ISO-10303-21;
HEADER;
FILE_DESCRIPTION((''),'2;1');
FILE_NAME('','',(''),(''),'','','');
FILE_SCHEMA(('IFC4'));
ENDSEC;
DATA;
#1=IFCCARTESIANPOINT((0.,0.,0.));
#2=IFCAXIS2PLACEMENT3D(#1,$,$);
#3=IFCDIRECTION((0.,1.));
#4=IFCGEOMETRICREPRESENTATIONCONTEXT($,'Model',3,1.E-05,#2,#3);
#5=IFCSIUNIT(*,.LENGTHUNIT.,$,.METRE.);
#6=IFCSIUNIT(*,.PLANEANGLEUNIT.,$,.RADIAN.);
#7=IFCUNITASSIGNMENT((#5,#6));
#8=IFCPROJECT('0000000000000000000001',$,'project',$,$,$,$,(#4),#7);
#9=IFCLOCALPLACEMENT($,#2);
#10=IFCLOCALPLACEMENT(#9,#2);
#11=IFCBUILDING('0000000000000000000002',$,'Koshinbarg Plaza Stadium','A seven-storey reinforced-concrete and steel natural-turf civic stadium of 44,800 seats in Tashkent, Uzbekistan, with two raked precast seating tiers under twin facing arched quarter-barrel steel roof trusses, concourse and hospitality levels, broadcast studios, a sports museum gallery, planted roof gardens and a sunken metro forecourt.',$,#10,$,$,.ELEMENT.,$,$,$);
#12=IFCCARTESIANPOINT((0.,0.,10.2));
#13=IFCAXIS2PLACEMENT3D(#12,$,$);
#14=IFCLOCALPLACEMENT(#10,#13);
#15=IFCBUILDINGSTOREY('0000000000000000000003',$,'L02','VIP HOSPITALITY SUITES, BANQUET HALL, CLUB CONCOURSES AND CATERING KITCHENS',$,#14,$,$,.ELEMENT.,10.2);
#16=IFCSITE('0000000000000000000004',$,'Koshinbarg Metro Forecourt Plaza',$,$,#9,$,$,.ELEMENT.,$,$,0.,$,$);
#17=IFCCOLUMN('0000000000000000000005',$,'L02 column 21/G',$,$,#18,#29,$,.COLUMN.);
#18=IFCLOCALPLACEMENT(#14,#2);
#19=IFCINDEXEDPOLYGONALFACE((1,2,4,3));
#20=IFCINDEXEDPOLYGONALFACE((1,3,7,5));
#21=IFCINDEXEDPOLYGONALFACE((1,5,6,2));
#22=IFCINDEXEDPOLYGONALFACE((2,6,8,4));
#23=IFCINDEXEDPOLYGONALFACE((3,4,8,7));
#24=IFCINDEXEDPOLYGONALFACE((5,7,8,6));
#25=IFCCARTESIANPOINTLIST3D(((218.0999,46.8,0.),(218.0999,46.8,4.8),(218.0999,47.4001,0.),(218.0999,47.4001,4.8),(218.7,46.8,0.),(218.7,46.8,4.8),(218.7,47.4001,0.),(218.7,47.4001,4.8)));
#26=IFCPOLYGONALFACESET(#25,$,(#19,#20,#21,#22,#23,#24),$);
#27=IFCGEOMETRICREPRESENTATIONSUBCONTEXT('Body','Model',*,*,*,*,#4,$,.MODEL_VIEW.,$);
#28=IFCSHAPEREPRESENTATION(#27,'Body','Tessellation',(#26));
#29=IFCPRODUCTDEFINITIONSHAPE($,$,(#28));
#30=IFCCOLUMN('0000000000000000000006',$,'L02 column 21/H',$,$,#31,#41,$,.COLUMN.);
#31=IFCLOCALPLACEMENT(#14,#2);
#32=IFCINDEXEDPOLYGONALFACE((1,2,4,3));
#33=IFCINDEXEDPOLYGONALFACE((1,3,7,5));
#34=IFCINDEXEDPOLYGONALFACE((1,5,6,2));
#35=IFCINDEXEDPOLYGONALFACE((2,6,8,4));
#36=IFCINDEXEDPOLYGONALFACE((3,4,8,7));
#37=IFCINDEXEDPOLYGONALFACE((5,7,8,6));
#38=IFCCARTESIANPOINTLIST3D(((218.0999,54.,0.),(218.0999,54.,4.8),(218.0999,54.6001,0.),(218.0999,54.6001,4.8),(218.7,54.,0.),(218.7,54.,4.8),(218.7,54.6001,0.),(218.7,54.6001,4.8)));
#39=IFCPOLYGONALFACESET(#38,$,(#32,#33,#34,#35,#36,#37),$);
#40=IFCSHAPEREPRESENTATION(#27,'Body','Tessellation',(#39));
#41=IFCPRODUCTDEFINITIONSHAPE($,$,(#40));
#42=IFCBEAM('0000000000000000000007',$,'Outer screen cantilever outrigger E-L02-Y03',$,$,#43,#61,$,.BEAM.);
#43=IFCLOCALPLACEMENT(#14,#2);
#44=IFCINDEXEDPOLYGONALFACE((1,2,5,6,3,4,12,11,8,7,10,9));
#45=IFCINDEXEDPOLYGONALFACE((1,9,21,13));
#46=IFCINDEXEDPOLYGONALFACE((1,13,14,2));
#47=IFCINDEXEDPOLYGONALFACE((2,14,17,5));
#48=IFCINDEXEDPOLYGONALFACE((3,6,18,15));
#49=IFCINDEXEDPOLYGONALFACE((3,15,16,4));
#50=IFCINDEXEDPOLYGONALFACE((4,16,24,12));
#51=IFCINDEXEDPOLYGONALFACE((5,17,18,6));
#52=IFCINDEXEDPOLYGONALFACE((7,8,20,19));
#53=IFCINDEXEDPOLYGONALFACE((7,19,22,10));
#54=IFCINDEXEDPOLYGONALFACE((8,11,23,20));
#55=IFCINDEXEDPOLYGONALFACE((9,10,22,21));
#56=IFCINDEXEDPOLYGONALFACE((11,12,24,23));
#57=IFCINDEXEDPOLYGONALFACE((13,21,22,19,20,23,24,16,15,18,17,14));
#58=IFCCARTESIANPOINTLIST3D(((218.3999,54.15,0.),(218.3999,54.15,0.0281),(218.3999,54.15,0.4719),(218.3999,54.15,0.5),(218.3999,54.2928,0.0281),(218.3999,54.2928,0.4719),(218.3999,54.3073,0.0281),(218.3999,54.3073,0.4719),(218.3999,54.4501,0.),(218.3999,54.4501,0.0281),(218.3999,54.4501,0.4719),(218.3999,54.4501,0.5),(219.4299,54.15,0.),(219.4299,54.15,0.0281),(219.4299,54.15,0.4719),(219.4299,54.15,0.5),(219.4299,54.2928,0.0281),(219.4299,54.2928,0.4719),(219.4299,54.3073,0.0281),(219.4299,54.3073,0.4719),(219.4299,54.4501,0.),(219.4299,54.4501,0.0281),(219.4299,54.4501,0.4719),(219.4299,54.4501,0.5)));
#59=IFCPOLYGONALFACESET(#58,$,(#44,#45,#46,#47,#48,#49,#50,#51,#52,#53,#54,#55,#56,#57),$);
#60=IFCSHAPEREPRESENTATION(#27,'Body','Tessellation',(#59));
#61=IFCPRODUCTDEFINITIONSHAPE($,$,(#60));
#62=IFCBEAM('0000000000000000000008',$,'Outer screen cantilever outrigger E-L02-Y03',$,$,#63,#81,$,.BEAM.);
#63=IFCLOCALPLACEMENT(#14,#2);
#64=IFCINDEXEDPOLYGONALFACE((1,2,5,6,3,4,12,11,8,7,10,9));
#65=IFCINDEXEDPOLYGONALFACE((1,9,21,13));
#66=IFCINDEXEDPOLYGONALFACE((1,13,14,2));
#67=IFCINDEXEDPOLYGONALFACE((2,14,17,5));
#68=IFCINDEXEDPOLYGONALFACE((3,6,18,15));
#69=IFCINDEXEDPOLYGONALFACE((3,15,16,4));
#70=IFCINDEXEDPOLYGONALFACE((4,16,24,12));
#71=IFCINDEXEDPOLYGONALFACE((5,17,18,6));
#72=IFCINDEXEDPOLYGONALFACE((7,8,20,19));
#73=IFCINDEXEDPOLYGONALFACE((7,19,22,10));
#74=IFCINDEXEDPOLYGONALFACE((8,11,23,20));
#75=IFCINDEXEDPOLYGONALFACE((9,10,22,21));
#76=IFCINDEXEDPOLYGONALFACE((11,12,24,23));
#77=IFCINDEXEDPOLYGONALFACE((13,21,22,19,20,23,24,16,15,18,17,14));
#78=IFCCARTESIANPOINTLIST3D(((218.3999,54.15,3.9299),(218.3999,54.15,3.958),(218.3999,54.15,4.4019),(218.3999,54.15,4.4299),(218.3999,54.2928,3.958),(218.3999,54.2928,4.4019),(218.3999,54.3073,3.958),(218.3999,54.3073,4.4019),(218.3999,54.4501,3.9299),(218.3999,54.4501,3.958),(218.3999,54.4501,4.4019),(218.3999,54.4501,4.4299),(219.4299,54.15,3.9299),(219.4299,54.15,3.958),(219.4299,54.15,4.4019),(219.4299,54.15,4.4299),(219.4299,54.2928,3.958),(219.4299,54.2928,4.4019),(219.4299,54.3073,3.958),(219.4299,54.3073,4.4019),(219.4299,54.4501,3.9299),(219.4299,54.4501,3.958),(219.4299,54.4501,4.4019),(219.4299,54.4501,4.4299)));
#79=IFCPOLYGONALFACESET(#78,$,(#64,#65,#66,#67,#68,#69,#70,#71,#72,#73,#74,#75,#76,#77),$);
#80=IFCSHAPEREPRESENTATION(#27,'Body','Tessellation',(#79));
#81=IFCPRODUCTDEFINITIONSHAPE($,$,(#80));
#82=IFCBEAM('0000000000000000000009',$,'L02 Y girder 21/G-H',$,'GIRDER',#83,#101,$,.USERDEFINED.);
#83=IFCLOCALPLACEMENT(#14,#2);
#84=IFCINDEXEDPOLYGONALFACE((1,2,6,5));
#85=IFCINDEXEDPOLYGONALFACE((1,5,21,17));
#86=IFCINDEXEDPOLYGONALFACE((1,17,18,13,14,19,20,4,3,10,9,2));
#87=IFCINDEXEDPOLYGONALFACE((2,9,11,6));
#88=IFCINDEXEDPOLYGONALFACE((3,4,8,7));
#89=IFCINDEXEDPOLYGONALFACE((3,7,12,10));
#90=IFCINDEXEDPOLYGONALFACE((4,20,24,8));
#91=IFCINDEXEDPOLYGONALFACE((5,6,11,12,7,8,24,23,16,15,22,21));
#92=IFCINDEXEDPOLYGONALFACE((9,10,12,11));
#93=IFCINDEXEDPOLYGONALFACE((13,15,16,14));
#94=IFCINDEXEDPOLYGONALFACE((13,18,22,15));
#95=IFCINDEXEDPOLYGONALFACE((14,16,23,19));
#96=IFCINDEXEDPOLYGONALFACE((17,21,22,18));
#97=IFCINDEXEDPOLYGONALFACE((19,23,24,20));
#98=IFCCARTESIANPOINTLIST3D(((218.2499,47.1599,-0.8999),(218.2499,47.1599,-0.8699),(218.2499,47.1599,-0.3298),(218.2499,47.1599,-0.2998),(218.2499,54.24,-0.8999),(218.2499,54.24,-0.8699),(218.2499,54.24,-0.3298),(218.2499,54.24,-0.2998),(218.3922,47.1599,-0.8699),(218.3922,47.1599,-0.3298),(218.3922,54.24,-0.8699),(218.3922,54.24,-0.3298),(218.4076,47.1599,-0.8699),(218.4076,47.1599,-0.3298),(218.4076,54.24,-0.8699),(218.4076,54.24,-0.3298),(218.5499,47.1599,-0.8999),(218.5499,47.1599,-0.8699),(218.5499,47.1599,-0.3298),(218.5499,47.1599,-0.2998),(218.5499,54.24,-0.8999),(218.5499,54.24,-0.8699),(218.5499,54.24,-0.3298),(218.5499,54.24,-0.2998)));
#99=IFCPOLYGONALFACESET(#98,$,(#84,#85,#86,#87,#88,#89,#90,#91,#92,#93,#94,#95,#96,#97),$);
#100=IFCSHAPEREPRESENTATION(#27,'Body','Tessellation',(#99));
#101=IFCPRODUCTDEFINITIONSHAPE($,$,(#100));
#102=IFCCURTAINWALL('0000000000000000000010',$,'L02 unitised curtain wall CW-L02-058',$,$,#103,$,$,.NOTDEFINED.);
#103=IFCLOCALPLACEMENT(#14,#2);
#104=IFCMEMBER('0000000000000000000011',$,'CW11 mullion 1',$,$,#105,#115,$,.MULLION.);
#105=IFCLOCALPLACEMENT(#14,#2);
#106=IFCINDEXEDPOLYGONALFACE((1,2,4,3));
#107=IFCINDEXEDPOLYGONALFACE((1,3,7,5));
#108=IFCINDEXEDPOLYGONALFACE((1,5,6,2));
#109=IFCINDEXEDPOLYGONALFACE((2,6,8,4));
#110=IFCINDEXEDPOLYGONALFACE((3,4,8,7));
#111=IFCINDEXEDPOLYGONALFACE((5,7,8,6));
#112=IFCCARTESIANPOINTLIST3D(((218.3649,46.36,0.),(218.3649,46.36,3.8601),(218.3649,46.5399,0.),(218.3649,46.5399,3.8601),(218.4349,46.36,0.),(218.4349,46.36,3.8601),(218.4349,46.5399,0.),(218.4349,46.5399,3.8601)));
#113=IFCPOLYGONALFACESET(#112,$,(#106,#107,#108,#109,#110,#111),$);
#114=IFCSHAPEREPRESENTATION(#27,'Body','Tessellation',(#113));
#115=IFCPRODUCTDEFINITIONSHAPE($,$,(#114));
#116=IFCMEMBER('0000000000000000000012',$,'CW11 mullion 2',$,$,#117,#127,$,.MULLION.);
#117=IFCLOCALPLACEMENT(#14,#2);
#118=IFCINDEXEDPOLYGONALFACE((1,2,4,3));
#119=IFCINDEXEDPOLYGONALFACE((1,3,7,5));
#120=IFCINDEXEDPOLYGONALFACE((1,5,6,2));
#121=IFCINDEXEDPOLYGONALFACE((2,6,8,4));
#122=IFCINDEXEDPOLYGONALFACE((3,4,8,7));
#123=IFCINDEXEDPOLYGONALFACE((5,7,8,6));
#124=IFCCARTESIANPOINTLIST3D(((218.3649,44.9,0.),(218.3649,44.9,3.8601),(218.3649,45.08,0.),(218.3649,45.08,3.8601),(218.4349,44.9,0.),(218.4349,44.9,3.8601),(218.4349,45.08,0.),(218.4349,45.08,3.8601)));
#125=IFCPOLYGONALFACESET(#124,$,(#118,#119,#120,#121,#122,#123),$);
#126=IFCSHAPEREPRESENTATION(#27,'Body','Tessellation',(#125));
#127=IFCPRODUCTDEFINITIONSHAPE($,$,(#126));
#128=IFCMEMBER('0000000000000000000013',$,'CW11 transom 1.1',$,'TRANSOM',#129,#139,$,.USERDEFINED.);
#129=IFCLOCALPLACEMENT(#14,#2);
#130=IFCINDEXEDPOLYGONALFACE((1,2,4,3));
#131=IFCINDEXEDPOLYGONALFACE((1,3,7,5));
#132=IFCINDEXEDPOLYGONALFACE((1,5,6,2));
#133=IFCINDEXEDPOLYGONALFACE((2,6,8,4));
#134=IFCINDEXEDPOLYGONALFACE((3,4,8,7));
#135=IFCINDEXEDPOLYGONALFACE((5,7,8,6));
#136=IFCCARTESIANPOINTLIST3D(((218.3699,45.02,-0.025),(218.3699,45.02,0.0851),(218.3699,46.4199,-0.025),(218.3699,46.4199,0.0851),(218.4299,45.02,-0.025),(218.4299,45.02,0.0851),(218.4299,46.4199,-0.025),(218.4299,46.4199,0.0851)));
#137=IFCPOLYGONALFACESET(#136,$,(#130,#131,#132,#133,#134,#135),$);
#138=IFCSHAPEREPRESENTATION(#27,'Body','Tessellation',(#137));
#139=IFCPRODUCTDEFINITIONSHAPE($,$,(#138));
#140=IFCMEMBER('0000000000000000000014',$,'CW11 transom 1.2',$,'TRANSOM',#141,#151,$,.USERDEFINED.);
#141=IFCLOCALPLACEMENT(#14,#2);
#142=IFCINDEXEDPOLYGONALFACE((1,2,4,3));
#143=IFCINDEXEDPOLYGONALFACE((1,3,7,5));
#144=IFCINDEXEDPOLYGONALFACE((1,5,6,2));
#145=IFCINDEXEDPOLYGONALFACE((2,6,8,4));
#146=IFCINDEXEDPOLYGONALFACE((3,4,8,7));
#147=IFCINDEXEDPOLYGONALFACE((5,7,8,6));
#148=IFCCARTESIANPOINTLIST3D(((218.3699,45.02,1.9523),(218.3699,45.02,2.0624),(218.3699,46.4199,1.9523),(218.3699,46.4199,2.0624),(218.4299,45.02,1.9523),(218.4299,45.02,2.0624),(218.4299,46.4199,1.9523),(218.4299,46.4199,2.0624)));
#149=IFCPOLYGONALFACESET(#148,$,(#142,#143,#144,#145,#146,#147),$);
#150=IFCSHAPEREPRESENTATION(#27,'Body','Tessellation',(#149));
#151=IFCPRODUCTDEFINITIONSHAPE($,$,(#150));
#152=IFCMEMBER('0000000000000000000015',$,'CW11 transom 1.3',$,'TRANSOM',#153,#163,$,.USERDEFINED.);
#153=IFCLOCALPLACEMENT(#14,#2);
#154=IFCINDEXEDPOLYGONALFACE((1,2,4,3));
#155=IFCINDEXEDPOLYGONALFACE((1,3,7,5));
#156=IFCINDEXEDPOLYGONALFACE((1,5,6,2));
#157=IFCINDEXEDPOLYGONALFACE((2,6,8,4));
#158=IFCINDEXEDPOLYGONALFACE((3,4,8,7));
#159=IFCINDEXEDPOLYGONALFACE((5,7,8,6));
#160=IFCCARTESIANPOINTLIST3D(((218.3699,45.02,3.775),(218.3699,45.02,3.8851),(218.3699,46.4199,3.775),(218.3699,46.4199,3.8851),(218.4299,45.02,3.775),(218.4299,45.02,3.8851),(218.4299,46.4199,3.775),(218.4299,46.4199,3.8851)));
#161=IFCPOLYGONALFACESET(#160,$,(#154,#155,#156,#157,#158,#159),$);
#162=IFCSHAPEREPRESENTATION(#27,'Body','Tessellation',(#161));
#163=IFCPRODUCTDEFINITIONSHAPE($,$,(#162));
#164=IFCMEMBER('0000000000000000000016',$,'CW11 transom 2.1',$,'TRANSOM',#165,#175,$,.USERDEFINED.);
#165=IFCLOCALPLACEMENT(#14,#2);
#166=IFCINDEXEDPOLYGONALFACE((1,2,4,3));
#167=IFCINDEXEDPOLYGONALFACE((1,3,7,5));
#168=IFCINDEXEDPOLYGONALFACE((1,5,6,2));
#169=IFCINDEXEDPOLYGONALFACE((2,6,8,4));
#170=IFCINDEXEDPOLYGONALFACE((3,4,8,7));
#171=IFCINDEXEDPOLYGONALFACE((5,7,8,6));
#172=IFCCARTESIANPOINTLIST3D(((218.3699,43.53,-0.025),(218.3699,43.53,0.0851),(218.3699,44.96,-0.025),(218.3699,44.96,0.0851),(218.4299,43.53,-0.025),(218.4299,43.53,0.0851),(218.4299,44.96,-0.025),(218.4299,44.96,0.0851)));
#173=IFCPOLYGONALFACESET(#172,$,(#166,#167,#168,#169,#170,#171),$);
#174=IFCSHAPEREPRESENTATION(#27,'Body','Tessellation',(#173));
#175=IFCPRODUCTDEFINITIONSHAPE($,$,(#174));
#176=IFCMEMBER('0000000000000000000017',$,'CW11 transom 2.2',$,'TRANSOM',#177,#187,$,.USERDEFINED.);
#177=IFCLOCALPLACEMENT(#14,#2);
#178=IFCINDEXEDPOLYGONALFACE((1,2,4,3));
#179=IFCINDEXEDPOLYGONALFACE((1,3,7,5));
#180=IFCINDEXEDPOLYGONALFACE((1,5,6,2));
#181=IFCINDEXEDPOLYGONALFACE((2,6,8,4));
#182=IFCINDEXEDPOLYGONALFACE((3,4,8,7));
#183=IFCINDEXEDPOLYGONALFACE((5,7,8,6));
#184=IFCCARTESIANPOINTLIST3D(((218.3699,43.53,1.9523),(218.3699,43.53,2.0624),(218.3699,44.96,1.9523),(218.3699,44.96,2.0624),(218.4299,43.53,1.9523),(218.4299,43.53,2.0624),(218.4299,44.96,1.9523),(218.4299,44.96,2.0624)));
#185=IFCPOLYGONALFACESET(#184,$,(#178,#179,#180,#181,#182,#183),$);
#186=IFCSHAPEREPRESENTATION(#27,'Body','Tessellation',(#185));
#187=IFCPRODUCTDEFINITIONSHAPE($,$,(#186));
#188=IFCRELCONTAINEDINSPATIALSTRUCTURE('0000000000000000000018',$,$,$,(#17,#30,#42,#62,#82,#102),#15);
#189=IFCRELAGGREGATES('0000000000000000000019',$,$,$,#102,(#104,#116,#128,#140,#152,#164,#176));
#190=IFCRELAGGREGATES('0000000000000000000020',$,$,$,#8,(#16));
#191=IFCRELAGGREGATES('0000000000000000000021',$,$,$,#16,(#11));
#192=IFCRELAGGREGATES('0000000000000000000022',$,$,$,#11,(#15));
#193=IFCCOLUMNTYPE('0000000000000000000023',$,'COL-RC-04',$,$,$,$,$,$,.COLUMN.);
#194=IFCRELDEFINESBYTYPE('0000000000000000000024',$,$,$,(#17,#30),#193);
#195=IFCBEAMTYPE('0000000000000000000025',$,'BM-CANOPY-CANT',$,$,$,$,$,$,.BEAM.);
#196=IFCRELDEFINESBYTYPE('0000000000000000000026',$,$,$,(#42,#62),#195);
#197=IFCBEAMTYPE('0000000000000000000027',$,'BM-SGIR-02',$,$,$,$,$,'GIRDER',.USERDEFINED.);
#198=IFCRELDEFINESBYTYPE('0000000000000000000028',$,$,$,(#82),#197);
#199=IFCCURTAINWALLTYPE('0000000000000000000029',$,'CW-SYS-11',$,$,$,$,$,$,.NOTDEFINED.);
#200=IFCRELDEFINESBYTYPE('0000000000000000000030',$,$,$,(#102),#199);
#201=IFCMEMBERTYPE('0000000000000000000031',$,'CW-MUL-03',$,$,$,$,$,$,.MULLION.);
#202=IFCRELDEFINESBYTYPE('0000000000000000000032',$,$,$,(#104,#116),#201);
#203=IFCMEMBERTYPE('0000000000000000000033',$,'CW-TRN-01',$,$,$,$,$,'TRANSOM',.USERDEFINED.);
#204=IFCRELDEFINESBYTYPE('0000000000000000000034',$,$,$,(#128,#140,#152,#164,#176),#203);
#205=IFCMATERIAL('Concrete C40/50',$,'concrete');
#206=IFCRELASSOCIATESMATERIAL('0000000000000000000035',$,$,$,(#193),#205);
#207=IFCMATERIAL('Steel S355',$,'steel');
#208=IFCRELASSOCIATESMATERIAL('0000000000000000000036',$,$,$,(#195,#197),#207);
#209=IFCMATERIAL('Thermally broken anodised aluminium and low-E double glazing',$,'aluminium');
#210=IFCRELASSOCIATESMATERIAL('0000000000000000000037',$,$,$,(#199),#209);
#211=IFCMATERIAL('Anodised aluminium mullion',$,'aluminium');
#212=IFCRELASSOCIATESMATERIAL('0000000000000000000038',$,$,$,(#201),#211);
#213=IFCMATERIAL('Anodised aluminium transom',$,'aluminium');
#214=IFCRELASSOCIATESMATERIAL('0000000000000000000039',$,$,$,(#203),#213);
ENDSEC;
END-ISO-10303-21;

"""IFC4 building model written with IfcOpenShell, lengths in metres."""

from ifc_helpers import new_model, si_unit, direction, frame, origin, origin_2d, place, context, subcontext, project, spatial, rectangle, i_section, extrude, material, material_profile, profile_set, type_object, element, aggregate, save


model = new_model("IFC4")

# Units and contexts
model_context = context("Model", 3, precision=1e-05, world=origin(), true_north=direction((0.0, 1.0)))
body_context = subcontext(model_context, "Body", "Model", "MODEL_VIEW")
ifc_project = project(units=[si_unit("LENGTHUNIT", "METRE"), si_unit("PLANEANGLEUNIT", "RADIAN")], contexts=[model_context])

# Site, building, storey
site_placement = place(None, origin())
site = spatial("IfcSite", under=ifc_project, at=site_placement, Name="Koshinbarg Metro Forecourt Plaza", CompositionType="ELEMENT", RefElevation=0.0)
building_placement = place(site_placement, origin())
building = spatial("IfcBuilding", under=site, at=building_placement, Name="Koshinbarg Plaza Stadium", Description="A seven-storey reinforced-concrete and steel natural-turf civic stadium of 44,800 seats in Tashkent, Uzbekistan, with two raked precast seating tiers under twin facing arched quarter-barrel steel roof trusses, concourse and hospitality levels, broadcast studios, a sports museum gallery, planted roof gardens and a sunken metro forecourt.", CompositionType="ELEMENT")
storey_placement = place(building_placement, frame((0.0, 0.0, 10.2)))
storey = spatial("IfcBuildingStorey", under=building, at=storey_placement, Name="L02", Description="VIP HOSPITALITY SUITES, BANQUET HALL, CLUB CONCOURSES AND CATERING KITCHENS", CompositionType="ELEMENT", Elevation=10.2)

# Columns
ifc_material_1 = material(Name="Concrete C40/50", Category="concrete")
ifc_material_profile_1 = material_profile(ifc_material_1, rectangle(XDim=0.6001, YDim=0.6001, at=origin_2d()), Name="RC 600x600")
ifc_profile_set_1 = profile_set([ifc_material_profile_1], Name="Concrete C40/50")
column_type = type_object("IfcColumnType", Name="COL-RC-04", PredefinedType="COLUMN", material=ifc_profile_set_1)
for number, where, z_axis, x_axis, name in (
    (1, (218.3999, 47.1001, 0.0), (0.0, 0.0, 1.0), (1.0, 0.0, 0.0), "L02 column 21/G"),
    (2, (218.3999, 54.3, 0.0), (0.0, 0.0, 1.0), (1.0, 0.0, 0.0), "L02 column 21/H"),
):
    element("IfcColumn", number, at=place(storey_placement, frame(where, z_axis=z_axis, x_axis=x_axis)), inside=storey, type_object=column_type, Name=name, PredefinedType="COLUMN", context=body_context, shape_type="SweptSolid", body=[
        extrude(rectangle(XDim=0.6001, YDim=0.6001, at=origin_2d()), origin(), (0.0, 0.0, 1.0), 4.8),
    ])

# Beams
ifc_material_2 = material(Name="Steel S355", Category="steel")
ifc_material_profile_2 = material_profile(ifc_material_2, i_section(OverallWidth=0.3, OverallDepth=0.5, WebThickness=0.0144, FlangeThickness=0.0281, at=origin_2d()), Name="HEB 500")
ifc_profile_set_2 = profile_set([ifc_material_profile_2], Name="Steel S355")
beam_type_1 = type_object("IfcBeamType", Name="BM-CANOPY-CANT", PredefinedType="BEAM", material=ifc_profile_set_2)
for number, where, z_axis, x_axis, name in (
    (3, (218.3999, 54.3, 0.25), (1.0, 0.0, 0.0), (0.0, 1.0, 0.0), "Outer screen cantilever outrigger E-L02-Y03"),
    (4, (218.3999, 54.3, 4.1799), (1.0, 0.0, 0.0), (0.0, 1.0, 0.0), "Outer screen cantilever outrigger E-L02-Y03"),
):
    element("IfcBeam", number, at=place(storey_placement, frame(where, z_axis=z_axis, x_axis=x_axis)), inside=storey, type_object=beam_type_1, Name=name, PredefinedType="BEAM", context=body_context, shape_type="SweptSolid", body=[
        extrude(i_section(OverallWidth=0.3, OverallDepth=0.5, WebThickness=0.0144, FlangeThickness=0.0281, at=origin_2d()), origin(), (0.0, 0.0, 1.0), 1.03),
    ])
ifc_material_profile_3 = material_profile(ifc_material_2, i_section(OverallWidth=0.3, OverallDepth=0.6001, WebThickness=0.0154, FlangeThickness=0.03, at=origin_2d()), Name="HEB 600")
ifc_profile_set_3 = profile_set([ifc_material_profile_3], Name="Steel S355")
beam_type_2 = type_object("IfcBeamType", Name="BM-SGIR-02", ElementType="GIRDER", PredefinedType="USERDEFINED", material=ifc_profile_set_3)
beam_placement = place(storey_placement, frame((218.3999, 47.1599, -0.5999), z_axis=(0.0, 1.0, 0.0), x_axis=(-1.0, 0.0, 0.0)))
element("IfcBeam", 5, at=beam_placement, inside=storey, type_object=beam_type_2, Name="L02 Y girder 21/G-H", ObjectType="GIRDER", PredefinedType="USERDEFINED", context=body_context, shape_type="SweptSolid", body=[
    extrude(i_section(OverallWidth=0.3, OverallDepth=0.6001, WebThickness=0.0154, FlangeThickness=0.03, at=origin_2d()), origin(), (0.0, 0.0, 1.0), 7.0801),
])

# Curtain wall, members
ifc_material_3 = material(Name="Thermally broken anodised aluminium and low-E double glazing", Category="aluminium")
curtain_wall_type = type_object("IfcCurtainWallType", Name="CW-SYS-11", PredefinedType="NOTDEFINED", material=ifc_material_3)
curtain_wall_placement = place(storey_placement, origin())
curtain_wall = element("IfcCurtainWall", 6, at=curtain_wall_placement, inside=storey, type_object=curtain_wall_type, Name="L02 unitised curtain wall CW-L02-058", PredefinedType="NOTDEFINED")
ifc_material_4 = material(Name="Anodised aluminium mullion", Category="aluminium")
ifc_material_profile_4 = material_profile(ifc_material_4, rectangle(XDim=0.0701, YDim=0.1799, at=origin_2d()), Name="ALU 70x180")
ifc_profile_set_4 = profile_set([ifc_material_profile_4], Name="Anodised aluminium mullion")
member_type_1 = type_object("IfcMemberType", Name="CW-MUL-03", PredefinedType="MULLION", material=ifc_profile_set_4)
member_1_placement = place(storey_placement, frame((218.3999, 46.45, 0.0), z_axis=(0.0, 0.0, 1.0), x_axis=(1.0, 0.0, 0.0)))
member_1 = element("IfcMember", 7, at=member_1_placement, type_object=member_type_1, Name="CW11 mullion 1", PredefinedType="MULLION", context=body_context, shape_type="SweptSolid", body=[
    extrude(rectangle(XDim=0.0701, YDim=0.1799, at=origin_2d()), origin(), (0.0, 0.0, 1.0), 3.8601),
])
member_2_placement = place(storey_placement, frame((218.3999, 44.99, 0.0), z_axis=(0.0, 0.0, 1.0), x_axis=(1.0, 0.0, 0.0)))
member_2 = element("IfcMember", 8, at=member_2_placement, type_object=member_type_1, Name="CW11 mullion 2", PredefinedType="MULLION", context=body_context, shape_type="SweptSolid", body=[
    extrude(rectangle(XDim=0.0701, YDim=0.1799, at=origin_2d()), origin(), (0.0, 0.0, 1.0), 3.8601),
])
ifc_material_5 = material(Name="Anodised aluminium transom", Category="aluminium")
ifc_material_profile_5 = material_profile(ifc_material_5, rectangle(XDim=0.0601, YDim=0.1101, at=origin_2d()), Name="ALU 60x110")
ifc_profile_set_5 = profile_set([ifc_material_profile_5], Name="Anodised aluminium transom")
member_type_2 = type_object("IfcMemberType", Name="CW-TRN-01", ElementType="TRANSOM", PredefinedType="USERDEFINED", material=ifc_profile_set_5)
member_3_placement = place(storey_placement, frame((218.3999, 46.4199, 0.03), z_axis=(0.0, -1.0, 0.0), x_axis=(1.0, 0.0, 0.0)))
member_3 = element("IfcMember", 9, at=member_3_placement, type_object=member_type_2, Name="CW11 transom 1.1", ObjectType="TRANSOM", PredefinedType="USERDEFINED", context=body_context, shape_type="SweptSolid", body=[
    extrude(rectangle(XDim=0.0601, YDim=0.1101, at=origin_2d()), origin(), (0.0, 0.0, 1.0), 1.3999),
])
member_4_placement = place(storey_placement, frame((218.3999, 46.4199, 2.0073), z_axis=(0.0, -1.0, 0.0), x_axis=(1.0, 0.0, 0.0)))
member_4 = element("IfcMember", 10, at=member_4_placement, type_object=member_type_2, Name="CW11 transom 1.2", ObjectType="TRANSOM", PredefinedType="USERDEFINED", context=body_context, shape_type="SweptSolid", body=[
    extrude(rectangle(XDim=0.0601, YDim=0.1101, at=origin_2d()), origin(), (0.0, 0.0, 1.0), 1.3999),
])
member_5_placement = place(storey_placement, frame((218.3999, 46.4199, 3.8301), z_axis=(0.0, -1.0, 0.0), x_axis=(1.0, 0.0, 0.0)))
member_5 = element("IfcMember", 11, at=member_5_placement, type_object=member_type_2, Name="CW11 transom 1.3", ObjectType="TRANSOM", PredefinedType="USERDEFINED", context=body_context, shape_type="SweptSolid", body=[
    extrude(rectangle(XDim=0.0601, YDim=0.1101, at=origin_2d()), origin(), (0.0, 0.0, 1.0), 1.3999),
])
member_6_placement = place(storey_placement, frame((218.3999, 44.96, 0.03), z_axis=(0.0, -1.0, 0.0), x_axis=(1.0, 0.0, 0.0)))
member_6 = element("IfcMember", 12, at=member_6_placement, type_object=member_type_2, Name="CW11 transom 2.1", ObjectType="TRANSOM", PredefinedType="USERDEFINED", context=body_context, shape_type="SweptSolid", body=[
    extrude(rectangle(XDim=0.0601, YDim=0.1101, at=origin_2d()), origin(), (0.0, 0.0, 1.0), 1.4299),
])
member_7_placement = place(storey_placement, frame((218.3999, 44.96, 2.0073), z_axis=(0.0, -1.0, 0.0), x_axis=(1.0, 0.0, 0.0)))
member_7 = element("IfcMember", 13, at=member_7_placement, type_object=member_type_2, Name="CW11 transom 2.2", ObjectType="TRANSOM", PredefinedType="USERDEFINED", context=body_context, shape_type="SweptSolid", body=[
    extrude(rectangle(XDim=0.0601, YDim=0.1101, at=origin_2d()), origin(), (0.0, 0.0, 1.0), 1.4299),
])

aggregate(curtain_wall, [member_1, member_2, member_3, member_4, member_5, member_6, member_7])

save(model, "model.ifc")
